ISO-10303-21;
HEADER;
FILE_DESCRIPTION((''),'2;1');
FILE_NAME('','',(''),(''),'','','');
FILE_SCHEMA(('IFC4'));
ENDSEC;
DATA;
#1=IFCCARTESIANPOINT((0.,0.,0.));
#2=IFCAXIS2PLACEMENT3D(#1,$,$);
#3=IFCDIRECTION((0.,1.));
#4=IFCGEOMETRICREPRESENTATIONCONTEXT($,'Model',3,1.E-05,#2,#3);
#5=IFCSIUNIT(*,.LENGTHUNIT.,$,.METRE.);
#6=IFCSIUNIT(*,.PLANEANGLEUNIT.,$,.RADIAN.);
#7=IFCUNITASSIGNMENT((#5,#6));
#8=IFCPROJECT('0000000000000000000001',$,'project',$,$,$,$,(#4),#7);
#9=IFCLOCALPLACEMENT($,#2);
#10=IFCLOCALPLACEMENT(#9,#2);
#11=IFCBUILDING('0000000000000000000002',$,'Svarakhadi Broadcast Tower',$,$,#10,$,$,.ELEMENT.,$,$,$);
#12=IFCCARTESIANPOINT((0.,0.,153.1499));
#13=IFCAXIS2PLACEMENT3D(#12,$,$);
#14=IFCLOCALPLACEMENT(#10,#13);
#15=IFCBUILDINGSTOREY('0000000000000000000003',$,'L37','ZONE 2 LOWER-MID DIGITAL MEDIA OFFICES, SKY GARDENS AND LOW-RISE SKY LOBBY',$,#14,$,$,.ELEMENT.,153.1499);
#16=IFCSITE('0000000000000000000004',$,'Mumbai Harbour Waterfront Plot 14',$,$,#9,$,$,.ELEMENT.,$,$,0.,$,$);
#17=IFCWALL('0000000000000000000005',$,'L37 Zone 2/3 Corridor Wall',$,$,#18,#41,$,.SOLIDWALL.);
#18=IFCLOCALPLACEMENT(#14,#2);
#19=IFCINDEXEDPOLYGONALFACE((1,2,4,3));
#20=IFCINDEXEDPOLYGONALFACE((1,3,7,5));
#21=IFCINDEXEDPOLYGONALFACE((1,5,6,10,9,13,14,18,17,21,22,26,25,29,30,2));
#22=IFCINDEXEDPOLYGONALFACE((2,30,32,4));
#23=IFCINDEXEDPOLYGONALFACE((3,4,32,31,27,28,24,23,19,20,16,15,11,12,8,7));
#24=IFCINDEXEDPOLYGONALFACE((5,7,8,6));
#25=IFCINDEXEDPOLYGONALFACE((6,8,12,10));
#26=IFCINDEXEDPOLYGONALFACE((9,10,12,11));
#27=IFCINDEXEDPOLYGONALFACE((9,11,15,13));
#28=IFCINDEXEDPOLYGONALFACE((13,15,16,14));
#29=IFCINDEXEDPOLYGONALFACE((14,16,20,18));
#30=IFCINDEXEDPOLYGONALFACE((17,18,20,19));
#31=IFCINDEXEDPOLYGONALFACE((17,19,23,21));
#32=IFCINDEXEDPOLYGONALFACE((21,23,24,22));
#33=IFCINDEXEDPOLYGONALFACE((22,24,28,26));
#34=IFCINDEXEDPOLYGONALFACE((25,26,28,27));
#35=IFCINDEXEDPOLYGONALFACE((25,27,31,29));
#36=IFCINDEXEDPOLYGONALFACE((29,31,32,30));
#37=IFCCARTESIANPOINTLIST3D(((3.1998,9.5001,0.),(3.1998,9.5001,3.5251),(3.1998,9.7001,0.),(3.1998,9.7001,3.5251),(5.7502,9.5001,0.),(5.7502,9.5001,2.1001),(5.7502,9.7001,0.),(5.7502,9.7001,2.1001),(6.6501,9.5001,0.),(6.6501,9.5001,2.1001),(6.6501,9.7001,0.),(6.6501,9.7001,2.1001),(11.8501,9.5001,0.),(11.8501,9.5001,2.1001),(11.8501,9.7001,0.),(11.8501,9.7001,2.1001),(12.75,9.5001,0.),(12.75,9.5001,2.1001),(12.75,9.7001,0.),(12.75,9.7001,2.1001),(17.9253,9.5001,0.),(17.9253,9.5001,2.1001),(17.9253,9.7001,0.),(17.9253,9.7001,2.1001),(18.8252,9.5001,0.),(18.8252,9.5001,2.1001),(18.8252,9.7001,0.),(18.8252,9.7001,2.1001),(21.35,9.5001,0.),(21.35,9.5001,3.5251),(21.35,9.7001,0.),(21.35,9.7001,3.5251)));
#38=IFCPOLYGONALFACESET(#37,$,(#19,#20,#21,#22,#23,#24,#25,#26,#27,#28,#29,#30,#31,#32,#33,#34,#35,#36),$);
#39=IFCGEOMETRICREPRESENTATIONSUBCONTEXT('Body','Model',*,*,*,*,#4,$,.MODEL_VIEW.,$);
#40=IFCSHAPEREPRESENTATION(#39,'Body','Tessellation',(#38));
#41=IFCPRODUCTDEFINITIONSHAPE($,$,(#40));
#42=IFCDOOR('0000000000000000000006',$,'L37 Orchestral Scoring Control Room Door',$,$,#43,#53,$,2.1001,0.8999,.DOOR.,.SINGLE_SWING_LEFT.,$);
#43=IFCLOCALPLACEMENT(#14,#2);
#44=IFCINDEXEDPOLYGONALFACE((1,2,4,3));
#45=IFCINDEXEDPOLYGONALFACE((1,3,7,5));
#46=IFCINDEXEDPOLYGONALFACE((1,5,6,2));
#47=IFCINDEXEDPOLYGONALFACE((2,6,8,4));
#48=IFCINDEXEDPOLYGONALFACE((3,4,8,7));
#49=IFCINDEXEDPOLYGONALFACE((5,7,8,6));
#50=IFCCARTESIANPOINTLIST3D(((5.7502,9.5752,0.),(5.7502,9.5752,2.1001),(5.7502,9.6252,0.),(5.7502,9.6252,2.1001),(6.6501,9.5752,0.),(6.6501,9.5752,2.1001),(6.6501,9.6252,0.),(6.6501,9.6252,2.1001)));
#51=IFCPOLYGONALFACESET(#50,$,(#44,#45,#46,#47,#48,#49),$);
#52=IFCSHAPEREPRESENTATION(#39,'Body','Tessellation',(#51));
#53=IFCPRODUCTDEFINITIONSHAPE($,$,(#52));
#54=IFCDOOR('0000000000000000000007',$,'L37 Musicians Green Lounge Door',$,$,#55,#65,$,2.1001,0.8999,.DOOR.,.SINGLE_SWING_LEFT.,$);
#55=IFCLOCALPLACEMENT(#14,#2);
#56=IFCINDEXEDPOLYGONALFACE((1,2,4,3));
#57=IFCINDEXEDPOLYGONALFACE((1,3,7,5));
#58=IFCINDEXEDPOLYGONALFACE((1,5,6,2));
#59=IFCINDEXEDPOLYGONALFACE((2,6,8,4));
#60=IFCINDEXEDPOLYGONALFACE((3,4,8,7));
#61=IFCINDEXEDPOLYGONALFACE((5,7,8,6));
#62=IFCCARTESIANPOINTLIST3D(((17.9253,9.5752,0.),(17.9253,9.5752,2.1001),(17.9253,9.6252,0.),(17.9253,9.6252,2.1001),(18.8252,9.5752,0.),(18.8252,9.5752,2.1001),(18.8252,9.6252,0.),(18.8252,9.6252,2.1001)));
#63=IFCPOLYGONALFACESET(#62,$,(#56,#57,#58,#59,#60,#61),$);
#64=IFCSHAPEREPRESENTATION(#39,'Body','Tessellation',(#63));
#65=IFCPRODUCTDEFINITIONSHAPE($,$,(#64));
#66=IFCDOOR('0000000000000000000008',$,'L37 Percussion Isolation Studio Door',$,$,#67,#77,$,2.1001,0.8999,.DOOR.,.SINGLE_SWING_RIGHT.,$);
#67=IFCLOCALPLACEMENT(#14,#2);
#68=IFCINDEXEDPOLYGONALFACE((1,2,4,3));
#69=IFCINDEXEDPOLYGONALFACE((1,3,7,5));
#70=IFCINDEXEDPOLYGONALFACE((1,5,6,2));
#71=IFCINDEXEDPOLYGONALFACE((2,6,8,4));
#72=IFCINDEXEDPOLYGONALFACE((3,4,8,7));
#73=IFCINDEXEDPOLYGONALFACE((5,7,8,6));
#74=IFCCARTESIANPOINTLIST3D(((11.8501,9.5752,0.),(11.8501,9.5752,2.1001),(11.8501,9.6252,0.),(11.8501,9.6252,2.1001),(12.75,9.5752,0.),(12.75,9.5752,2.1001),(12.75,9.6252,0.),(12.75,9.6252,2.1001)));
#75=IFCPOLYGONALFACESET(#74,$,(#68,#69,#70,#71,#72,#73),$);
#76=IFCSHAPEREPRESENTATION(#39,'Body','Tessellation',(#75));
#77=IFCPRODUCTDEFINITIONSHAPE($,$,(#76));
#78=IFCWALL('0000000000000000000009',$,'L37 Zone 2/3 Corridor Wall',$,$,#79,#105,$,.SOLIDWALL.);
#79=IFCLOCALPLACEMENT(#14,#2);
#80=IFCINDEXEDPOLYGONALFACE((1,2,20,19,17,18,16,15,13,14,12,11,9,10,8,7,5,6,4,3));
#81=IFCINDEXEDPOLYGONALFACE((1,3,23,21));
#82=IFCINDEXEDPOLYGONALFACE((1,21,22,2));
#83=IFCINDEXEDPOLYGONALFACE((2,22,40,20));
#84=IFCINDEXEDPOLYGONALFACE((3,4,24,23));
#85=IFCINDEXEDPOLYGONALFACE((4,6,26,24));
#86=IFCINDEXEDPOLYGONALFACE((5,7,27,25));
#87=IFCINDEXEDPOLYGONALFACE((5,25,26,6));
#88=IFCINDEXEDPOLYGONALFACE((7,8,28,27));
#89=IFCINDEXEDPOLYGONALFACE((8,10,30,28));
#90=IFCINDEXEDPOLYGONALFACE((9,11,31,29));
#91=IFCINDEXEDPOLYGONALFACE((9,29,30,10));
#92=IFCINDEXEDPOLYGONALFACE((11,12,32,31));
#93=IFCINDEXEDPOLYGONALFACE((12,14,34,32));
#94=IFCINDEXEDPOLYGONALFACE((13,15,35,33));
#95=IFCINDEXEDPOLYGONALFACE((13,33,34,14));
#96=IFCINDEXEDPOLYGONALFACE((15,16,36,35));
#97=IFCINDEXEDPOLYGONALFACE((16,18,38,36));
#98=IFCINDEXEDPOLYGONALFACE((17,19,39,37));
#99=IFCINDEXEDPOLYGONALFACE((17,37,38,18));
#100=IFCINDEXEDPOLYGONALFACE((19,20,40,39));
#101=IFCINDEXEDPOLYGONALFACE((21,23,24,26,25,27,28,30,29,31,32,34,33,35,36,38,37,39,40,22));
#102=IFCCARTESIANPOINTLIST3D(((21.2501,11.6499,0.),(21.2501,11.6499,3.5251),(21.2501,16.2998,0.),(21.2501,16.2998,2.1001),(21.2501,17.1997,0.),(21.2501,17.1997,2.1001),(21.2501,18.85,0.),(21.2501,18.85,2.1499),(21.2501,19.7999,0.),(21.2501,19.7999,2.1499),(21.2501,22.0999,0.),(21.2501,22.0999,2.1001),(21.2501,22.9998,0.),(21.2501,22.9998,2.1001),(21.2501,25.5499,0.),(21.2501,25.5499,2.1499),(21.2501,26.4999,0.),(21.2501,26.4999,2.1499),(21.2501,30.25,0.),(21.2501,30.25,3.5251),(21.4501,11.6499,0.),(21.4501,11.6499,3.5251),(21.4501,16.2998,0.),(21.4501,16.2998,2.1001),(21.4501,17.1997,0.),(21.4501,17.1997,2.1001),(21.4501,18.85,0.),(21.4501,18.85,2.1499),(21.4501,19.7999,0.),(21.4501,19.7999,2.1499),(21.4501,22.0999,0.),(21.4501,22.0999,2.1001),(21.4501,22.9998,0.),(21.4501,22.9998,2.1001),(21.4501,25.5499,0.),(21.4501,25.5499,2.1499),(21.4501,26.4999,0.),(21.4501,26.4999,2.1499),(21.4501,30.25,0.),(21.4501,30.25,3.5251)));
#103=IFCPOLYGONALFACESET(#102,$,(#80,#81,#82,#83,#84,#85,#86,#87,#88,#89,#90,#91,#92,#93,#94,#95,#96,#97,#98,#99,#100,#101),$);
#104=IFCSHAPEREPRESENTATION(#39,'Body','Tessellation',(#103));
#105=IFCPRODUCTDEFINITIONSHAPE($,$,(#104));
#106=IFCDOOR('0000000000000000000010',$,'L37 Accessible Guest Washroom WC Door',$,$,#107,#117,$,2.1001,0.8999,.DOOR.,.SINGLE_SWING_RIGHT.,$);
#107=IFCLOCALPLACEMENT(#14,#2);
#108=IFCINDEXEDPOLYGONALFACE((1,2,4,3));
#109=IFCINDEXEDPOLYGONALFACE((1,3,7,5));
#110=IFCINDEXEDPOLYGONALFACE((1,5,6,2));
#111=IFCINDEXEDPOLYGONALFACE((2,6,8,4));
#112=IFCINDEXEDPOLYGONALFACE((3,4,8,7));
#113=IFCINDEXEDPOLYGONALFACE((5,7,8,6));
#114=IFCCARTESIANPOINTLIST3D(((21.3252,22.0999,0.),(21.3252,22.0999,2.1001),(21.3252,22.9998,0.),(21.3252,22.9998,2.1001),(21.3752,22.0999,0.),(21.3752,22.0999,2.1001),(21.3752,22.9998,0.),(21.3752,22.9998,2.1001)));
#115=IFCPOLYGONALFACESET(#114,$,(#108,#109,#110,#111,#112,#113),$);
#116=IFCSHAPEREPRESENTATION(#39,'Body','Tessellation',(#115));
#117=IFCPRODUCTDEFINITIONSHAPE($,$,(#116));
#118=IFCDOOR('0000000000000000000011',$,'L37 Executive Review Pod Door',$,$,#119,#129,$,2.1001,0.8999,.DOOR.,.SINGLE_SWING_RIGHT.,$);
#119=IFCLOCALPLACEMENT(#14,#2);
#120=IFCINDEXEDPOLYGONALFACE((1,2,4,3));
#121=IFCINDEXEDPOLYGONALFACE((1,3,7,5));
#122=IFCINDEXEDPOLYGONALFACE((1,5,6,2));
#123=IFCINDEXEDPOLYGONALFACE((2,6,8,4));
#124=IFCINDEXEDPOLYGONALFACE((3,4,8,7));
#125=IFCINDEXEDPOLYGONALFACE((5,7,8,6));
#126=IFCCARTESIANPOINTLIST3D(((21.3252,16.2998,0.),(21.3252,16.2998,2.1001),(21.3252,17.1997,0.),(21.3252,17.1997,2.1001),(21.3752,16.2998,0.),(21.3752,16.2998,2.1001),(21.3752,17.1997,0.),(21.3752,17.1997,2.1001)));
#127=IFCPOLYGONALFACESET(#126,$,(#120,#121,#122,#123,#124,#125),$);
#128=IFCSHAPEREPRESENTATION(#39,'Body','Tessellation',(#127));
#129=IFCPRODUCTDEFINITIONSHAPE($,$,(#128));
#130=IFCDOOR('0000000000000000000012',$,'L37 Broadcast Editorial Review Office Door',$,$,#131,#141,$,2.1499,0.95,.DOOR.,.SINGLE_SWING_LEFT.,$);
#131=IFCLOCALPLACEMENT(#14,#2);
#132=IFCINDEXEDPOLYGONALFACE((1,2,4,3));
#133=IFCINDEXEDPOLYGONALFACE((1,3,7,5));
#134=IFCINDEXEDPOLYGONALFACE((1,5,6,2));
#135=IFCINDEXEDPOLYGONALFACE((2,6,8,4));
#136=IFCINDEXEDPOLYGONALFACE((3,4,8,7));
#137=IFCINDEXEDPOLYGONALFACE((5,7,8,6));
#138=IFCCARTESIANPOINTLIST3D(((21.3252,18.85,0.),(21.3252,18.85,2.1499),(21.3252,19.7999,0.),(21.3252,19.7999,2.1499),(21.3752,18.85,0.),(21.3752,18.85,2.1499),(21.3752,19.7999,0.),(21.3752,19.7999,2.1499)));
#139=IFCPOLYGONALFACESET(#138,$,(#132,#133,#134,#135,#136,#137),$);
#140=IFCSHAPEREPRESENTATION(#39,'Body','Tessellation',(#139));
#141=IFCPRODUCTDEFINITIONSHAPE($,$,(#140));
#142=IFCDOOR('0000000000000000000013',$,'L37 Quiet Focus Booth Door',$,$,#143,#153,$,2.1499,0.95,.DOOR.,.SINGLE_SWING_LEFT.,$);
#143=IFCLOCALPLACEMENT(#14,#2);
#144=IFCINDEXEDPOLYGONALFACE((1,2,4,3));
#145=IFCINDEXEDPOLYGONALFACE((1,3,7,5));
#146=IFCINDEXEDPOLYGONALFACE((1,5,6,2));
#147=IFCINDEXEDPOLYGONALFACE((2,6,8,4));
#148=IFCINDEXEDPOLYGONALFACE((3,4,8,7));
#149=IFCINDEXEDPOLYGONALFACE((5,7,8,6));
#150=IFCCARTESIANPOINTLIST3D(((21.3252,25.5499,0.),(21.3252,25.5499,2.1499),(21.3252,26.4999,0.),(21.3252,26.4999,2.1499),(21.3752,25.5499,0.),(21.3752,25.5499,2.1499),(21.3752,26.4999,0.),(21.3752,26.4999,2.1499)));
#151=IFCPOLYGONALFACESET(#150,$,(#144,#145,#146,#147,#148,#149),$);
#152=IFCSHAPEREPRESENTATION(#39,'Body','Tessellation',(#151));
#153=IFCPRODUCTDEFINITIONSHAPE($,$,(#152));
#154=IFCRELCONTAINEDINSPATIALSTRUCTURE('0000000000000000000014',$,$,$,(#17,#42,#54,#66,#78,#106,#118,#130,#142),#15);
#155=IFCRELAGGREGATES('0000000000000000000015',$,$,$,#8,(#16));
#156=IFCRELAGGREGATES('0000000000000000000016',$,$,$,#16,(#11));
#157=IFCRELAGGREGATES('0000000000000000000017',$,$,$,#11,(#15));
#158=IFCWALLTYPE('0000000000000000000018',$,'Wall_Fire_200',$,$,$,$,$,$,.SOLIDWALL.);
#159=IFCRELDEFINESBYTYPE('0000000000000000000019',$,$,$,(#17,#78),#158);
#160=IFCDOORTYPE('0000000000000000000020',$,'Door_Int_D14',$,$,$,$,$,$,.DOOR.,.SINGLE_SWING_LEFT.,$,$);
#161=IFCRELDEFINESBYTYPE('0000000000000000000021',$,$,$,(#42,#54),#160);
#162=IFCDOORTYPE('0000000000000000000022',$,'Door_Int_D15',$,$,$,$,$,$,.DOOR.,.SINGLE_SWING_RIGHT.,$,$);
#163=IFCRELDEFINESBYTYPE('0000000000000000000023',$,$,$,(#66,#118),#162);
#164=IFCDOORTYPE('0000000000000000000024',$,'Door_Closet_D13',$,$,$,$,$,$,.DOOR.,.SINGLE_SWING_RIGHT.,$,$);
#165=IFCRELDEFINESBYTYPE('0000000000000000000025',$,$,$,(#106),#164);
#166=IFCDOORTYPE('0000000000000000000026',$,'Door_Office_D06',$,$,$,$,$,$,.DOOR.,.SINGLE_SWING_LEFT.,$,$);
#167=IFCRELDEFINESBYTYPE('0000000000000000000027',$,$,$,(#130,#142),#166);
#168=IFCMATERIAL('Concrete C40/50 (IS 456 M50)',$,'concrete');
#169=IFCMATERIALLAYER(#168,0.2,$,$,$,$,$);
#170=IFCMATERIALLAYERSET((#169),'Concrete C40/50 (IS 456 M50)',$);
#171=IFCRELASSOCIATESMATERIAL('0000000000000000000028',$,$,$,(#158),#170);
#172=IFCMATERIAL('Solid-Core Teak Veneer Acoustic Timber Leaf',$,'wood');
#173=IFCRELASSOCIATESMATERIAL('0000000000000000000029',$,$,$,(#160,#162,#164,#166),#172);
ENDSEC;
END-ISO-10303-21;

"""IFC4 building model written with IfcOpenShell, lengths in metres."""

from ifc_helpers import new_model, si_unit, direction, frame, frame_2d, origin, place, context, subcontext, project, spatial, rectangle, extrude, material, layer, layer_set, type_object, element, fill, save


model = new_model("IFC4")

# Units and contexts
model_context = context("Model", 3, precision=1e-05, world=origin(), true_north=direction((0.0, 1.0)))
body_context = subcontext(model_context, "Body", "Model", "MODEL_VIEW")
ifc_project = project(units=[si_unit("LENGTHUNIT", "METRE"), si_unit("PLANEANGLEUNIT", "RADIAN")], contexts=[model_context])

# Site, building, storey
site_placement = place(None, origin())
site = spatial("IfcSite", under=ifc_project, at=site_placement, Name="Mumbai Harbour Waterfront Plot 14", CompositionType="ELEMENT", RefElevation=0.0)
building_placement = place(site_placement, origin())
building = spatial("IfcBuilding", under=site, at=building_placement, Name="Svarakhadi Broadcast Tower", CompositionType="ELEMENT")
storey_placement = place(building_placement, frame((0.0, 0.0, 153.1499)))
storey = spatial("IfcBuildingStorey", under=building, at=storey_placement, Name="L37", Description="ZONE 2 LOWER-MID DIGITAL MEDIA OFFICES, SKY GARDENS AND LOW-RISE SKY LOBBY", CompositionType="ELEMENT", Elevation=153.1499)

# Shared definitions
ifc_material_1 = material(Name="Concrete C40/50 (IS 456 M50)", Category="concrete")
ifc_layer_1 = layer(ifc_material_1, 0.2)
ifc_layer_set_1 = layer_set([ifc_layer_1], Name="Concrete C40/50 (IS 456 M50)")
wall_type_1 = type_object("IfcWallType", Name="Wall_Fire_200", PredefinedType="SOLIDWALL", material=ifc_layer_set_1)

# Walls, openings, doors
wall_1_placement = place(storey_placement, frame((21.3501, 9.6001, 0.0), z_axis=(0.0, 0.0, 1.0), x_axis=(-1.0, 0.0, 0.0)))
wall_1 = element("IfcWall", 1, at=wall_1_placement, inside=storey, type_object=wall_type_1, Name="L37 Zone 2/3 Corridor Wall", PredefinedType="SOLIDWALL", context=body_context, shape_type="SweptSolid", body=[
    extrude(rectangle(XDim=18.1501, YDim=0.2, at=frame_2d((9.0752, 0.0))), origin(), (0.0, 0.0, 1.0), 3.5251),
])
opening_1_placement = place(wall_1_placement, frame((14.7, 0.0, 0.0)))
opening_1 = element("IfcOpeningElement", 2, at=opening_1_placement, cuts=wall_1, PredefinedType="OPENING", context=body_context, shape_type="SweptSolid", body=[
    extrude(rectangle(XDim=0.8999, YDim=2.1001, at=frame_2d((0.45, 1.05))), frame((0.0, 0.1099, 0.0), z_axis=(0.0, -1.0, 0.0), x_axis=(1.0, 0.0, 0.0)), (0.0, 0.0, 1.0), 0.22),
])
opening_2_placement = place(wall_1_placement, frame((8.6001, 0.0, 0.0)))
opening_2 = element("IfcOpeningElement", 3, at=opening_2_placement, cuts=wall_1, PredefinedType="OPENING", context=body_context, shape_type="SweptSolid", body=[
    extrude(rectangle(XDim=0.8999, YDim=2.1001, at=frame_2d((0.45, 1.05))), frame((0.0, 0.1099, 0.0), z_axis=(0.0, -1.0, 0.0), x_axis=(1.0, 0.0, 0.0)), (0.0, 0.0, 1.0), 0.22),
])
opening_3_placement = place(wall_1_placement, frame((2.5249, 0.0, 0.0)))
opening_3 = element("IfcOpeningElement", 4, at=opening_3_placement, cuts=wall_1, PredefinedType="OPENING", context=body_context, shape_type="SweptSolid", body=[
    extrude(rectangle(XDim=0.8999, YDim=2.1001, at=frame_2d((0.45, 1.05))), frame((0.0, 0.1099, 0.0), z_axis=(0.0, -1.0, 0.0), x_axis=(1.0, 0.0, 0.0)), (0.0, 0.0, 1.0), 0.22),
])
ifc_material_2 = material(Name="Solid-Core Teak Veneer Acoustic Timber Leaf", Category="wood")
door_type_1 = type_object("IfcDoorType", Name="Door_Int_D14", OperationType="SINGLE_SWING_LEFT", PredefinedType="DOOR", material=ifc_material_2)
door_1_placement = place(opening_1_placement, origin())
door_1 = element("IfcDoor", 5, at=door_1_placement, inside=storey, type_object=door_type_1, Name="L37 Orchestral Scoring Control Room Door", OperationType="SINGLE_SWING_LEFT", OverallHeight=2.1001, OverallWidth=0.8999, PredefinedType="DOOR", context=body_context, shape_type="SweptSolid", body=[
    extrude(rectangle(XDim=0.8999, YDim=2.1001, at=frame_2d((0.45, 1.05))), frame((0.0, 0.0249, 0.0), z_axis=(0.0, -1.0, 0.0), x_axis=(1.0, 0.0, 0.0)), (0.0, 0.0, 1.0), 0.05),
])
fill(opening_1, door_1)
door_2_placement = place(opening_3_placement, origin())
door_2 = element("IfcDoor", 6, at=door_2_placement, inside=storey, type_object=door_type_1, Name="L37 Musicians Green Lounge Door", OperationType="SINGLE_SWING_LEFT", OverallHeight=2.1001, OverallWidth=0.8999, PredefinedType="DOOR", context=body_context, shape_type="SweptSolid", body=[
    extrude(rectangle(XDim=0.8999, YDim=2.1001, at=frame_2d((0.45, 1.05))), frame((0.0, 0.0249, 0.0), z_axis=(0.0, -1.0, 0.0), x_axis=(1.0, 0.0, 0.0)), (0.0, 0.0, 1.0), 0.05),
])
fill(opening_3, door_2)
door_type_2 = type_object("IfcDoorType", Name="Door_Int_D15", OperationType="SINGLE_SWING_RIGHT", PredefinedType="DOOR", material=ifc_material_2)
door_3_placement = place(opening_2_placement, origin())
door_3 = element("IfcDoor", 7, at=door_3_placement, inside=storey, type_object=door_type_2, Name="L37 Percussion Isolation Studio Door", OperationType="SINGLE_SWING_RIGHT", OverallHeight=2.1001, OverallWidth=0.8999, PredefinedType="DOOR", context=body_context, shape_type="SweptSolid", body=[
    extrude(rectangle(XDim=0.8999, YDim=2.1001, at=frame_2d((0.45, 1.05))), frame((0.0, 0.0249, 0.0), z_axis=(0.0, -1.0, 0.0), x_axis=(1.0, 0.0, 0.0)), (0.0, 0.0, 1.0), 0.05),
])
fill(opening_2, door_3)
wall_2_placement = place(storey_placement, frame((21.3501, 11.6499, 0.0), z_axis=(0.0, 0.0, 1.0), x_axis=(0.0, 1.0, 0.0)))
wall_2 = element("IfcWall", 8, at=wall_2_placement, inside=storey, type_object=wall_type_1, Name="L37 Zone 2/3 Corridor Wall", PredefinedType="SOLIDWALL", context=body_context, shape_type="SweptSolid", body=[
    extrude(rectangle(XDim=18.6001, YDim=0.2, at=frame_2d((9.3, 0.0))), origin(), (0.0, 0.0, 1.0), 3.5251),
])
opening_4_placement = place(wall_2_placement, frame((7.2, 0.0, 0.0)))
opening_4 = element("IfcOpeningElement", 9, at=opening_4_placement, cuts=wall_2, PredefinedType="OPENING", context=body_context, shape_type="SweptSolid", body=[
    extrude(rectangle(XDim=0.95, YDim=2.1499, at=frame_2d((0.4751, 1.075))), frame((0.0, 0.1099, 0.0), z_axis=(0.0, -1.0, 0.0), x_axis=(1.0, 0.0, 0.0)), (0.0, 0.0, 1.0), 0.22),
])
opening_5_placement = place(wall_2_placement, frame((10.45, 0.0, 0.0)))
opening_5 = element("IfcOpeningElement", 10, at=opening_5_placement, cuts=wall_2, PredefinedType="OPENING", context=body_context, shape_type="SweptSolid", body=[
    extrude(rectangle(XDim=0.8999, YDim=2.1001, at=frame_2d((0.45, 1.05))), frame((0.0, 0.1099, 0.0), z_axis=(0.0, -1.0, 0.0), x_axis=(1.0, 0.0, 0.0)), (0.0, 0.0, 1.0), 0.22),
])
opening_6_placement = place(wall_2_placement, frame((13.8999, 0.0, 0.0)))
opening_6 = element("IfcOpeningElement", 11, at=opening_6_placement, cuts=wall_2, PredefinedType="OPENING", context=body_context, shape_type="SweptSolid", body=[
    extrude(rectangle(XDim=0.95, YDim=2.1499, at=frame_2d((0.4751, 1.075))), frame((0.0, 0.1099, 0.0), z_axis=(0.0, -1.0, 0.0), x_axis=(1.0, 0.0, 0.0)), (0.0, 0.0, 1.0), 0.22),
])
opening_7_placement = place(wall_2_placement, frame((4.6499, 0.0, 0.0)))
opening_7 = element("IfcOpeningElement", 12, at=opening_7_placement, cuts=wall_2, PredefinedType="OPENING", context=body_context, shape_type="SweptSolid", body=[
    extrude(rectangle(XDim=0.8999, YDim=2.1001, at=frame_2d((0.45, 1.05))), frame((0.0, 0.1099, 0.0), z_axis=(0.0, -1.0, 0.0), x_axis=(1.0, 0.0, 0.0)), (0.0, 0.0, 1.0), 0.22),
])
door_type_3 = type_object("IfcDoorType", Name="Door_Closet_D13", OperationType="SINGLE_SWING_RIGHT", PredefinedType="DOOR", material=ifc_material_2)
door_4_placement = place(opening_5_placement, origin())
door_4 = element("IfcDoor", 13, at=door_4_placement, inside=storey, type_object=door_type_3, Name="L37 Accessible Guest Washroom WC Door", OperationType="SINGLE_SWING_RIGHT", OverallHeight=2.1001, OverallWidth=0.8999, PredefinedType="DOOR", context=body_context, shape_type="SweptSolid", body=[
    extrude(rectangle(XDim=0.8999, YDim=2.1001, at=frame_2d((0.45, 1.05))), frame((0.0, 0.0249, 0.0), z_axis=(0.0, -1.0, 0.0), x_axis=(1.0, 0.0, 0.0)), (0.0, 0.0, 1.0), 0.05),
])
fill(opening_5, door_4)
door_5_placement = place(opening_7_placement, origin())
door_5 = element("IfcDoor", 14, at=door_5_placement, inside=storey, type_object=door_type_2, Name="L37 Executive Review Pod Door", OperationType="SINGLE_SWING_RIGHT", OverallHeight=2.1001, OverallWidth=0.8999, PredefinedType="DOOR", context=body_context, shape_type="SweptSolid", body=[
    extrude(rectangle(XDim=0.8999, YDim=2.1001, at=frame_2d((0.45, 1.05))), frame((0.0, 0.0249, 0.0), z_axis=(0.0, -1.0, 0.0), x_axis=(1.0, 0.0, 0.0)), (0.0, 0.0, 1.0), 0.05),
])
fill(opening_7, door_5)
door_type_4 = type_object("IfcDoorType", Name="Door_Office_D06", OperationType="SINGLE_SWING_LEFT", PredefinedType="DOOR", material=ifc_material_2)
door_6_placement = place(opening_4_placement, origin())
door_6 = element("IfcDoor", 15, at=door_6_placement, inside=storey, type_object=door_type_4, Name="L37 Broadcast Editorial Review Office Door", OperationType="SINGLE_SWING_LEFT", OverallHeight=2.1499, OverallWidth=0.95, PredefinedType="DOOR", context=body_context, shape_type="SweptSolid", body=[
    extrude(rectangle(XDim=0.95, YDim=2.1499, at=frame_2d((0.4751, 1.075))), frame((0.0, 0.0249, 0.0), z_axis=(0.0, -1.0, 0.0), x_axis=(1.0, 0.0, 0.0)), (0.0, 0.0, 1.0), 0.05),
])
fill(opening_4, door_6)
door_7_placement = place(opening_6_placement, origin())
door_7 = element("IfcDoor", 16, at=door_7_placement, inside=storey, type_object=door_type_4, Name="L37 Quiet Focus Booth Door", OperationType="SINGLE_SWING_LEFT", OverallHeight=2.1499, OverallWidth=0.95, PredefinedType="DOOR", context=body_context, shape_type="SweptSolid", body=[
    extrude(rectangle(XDim=0.95, YDim=2.1499, at=frame_2d((0.4751, 1.075))), frame((0.0, 0.0249, 0.0), z_axis=(0.0, -1.0, 0.0), x_axis=(1.0, 0.0, 0.0)), (0.0, 0.0, 1.0), 0.05),
])
fill(opening_6, door_7)

save(model, "model.ifc")
